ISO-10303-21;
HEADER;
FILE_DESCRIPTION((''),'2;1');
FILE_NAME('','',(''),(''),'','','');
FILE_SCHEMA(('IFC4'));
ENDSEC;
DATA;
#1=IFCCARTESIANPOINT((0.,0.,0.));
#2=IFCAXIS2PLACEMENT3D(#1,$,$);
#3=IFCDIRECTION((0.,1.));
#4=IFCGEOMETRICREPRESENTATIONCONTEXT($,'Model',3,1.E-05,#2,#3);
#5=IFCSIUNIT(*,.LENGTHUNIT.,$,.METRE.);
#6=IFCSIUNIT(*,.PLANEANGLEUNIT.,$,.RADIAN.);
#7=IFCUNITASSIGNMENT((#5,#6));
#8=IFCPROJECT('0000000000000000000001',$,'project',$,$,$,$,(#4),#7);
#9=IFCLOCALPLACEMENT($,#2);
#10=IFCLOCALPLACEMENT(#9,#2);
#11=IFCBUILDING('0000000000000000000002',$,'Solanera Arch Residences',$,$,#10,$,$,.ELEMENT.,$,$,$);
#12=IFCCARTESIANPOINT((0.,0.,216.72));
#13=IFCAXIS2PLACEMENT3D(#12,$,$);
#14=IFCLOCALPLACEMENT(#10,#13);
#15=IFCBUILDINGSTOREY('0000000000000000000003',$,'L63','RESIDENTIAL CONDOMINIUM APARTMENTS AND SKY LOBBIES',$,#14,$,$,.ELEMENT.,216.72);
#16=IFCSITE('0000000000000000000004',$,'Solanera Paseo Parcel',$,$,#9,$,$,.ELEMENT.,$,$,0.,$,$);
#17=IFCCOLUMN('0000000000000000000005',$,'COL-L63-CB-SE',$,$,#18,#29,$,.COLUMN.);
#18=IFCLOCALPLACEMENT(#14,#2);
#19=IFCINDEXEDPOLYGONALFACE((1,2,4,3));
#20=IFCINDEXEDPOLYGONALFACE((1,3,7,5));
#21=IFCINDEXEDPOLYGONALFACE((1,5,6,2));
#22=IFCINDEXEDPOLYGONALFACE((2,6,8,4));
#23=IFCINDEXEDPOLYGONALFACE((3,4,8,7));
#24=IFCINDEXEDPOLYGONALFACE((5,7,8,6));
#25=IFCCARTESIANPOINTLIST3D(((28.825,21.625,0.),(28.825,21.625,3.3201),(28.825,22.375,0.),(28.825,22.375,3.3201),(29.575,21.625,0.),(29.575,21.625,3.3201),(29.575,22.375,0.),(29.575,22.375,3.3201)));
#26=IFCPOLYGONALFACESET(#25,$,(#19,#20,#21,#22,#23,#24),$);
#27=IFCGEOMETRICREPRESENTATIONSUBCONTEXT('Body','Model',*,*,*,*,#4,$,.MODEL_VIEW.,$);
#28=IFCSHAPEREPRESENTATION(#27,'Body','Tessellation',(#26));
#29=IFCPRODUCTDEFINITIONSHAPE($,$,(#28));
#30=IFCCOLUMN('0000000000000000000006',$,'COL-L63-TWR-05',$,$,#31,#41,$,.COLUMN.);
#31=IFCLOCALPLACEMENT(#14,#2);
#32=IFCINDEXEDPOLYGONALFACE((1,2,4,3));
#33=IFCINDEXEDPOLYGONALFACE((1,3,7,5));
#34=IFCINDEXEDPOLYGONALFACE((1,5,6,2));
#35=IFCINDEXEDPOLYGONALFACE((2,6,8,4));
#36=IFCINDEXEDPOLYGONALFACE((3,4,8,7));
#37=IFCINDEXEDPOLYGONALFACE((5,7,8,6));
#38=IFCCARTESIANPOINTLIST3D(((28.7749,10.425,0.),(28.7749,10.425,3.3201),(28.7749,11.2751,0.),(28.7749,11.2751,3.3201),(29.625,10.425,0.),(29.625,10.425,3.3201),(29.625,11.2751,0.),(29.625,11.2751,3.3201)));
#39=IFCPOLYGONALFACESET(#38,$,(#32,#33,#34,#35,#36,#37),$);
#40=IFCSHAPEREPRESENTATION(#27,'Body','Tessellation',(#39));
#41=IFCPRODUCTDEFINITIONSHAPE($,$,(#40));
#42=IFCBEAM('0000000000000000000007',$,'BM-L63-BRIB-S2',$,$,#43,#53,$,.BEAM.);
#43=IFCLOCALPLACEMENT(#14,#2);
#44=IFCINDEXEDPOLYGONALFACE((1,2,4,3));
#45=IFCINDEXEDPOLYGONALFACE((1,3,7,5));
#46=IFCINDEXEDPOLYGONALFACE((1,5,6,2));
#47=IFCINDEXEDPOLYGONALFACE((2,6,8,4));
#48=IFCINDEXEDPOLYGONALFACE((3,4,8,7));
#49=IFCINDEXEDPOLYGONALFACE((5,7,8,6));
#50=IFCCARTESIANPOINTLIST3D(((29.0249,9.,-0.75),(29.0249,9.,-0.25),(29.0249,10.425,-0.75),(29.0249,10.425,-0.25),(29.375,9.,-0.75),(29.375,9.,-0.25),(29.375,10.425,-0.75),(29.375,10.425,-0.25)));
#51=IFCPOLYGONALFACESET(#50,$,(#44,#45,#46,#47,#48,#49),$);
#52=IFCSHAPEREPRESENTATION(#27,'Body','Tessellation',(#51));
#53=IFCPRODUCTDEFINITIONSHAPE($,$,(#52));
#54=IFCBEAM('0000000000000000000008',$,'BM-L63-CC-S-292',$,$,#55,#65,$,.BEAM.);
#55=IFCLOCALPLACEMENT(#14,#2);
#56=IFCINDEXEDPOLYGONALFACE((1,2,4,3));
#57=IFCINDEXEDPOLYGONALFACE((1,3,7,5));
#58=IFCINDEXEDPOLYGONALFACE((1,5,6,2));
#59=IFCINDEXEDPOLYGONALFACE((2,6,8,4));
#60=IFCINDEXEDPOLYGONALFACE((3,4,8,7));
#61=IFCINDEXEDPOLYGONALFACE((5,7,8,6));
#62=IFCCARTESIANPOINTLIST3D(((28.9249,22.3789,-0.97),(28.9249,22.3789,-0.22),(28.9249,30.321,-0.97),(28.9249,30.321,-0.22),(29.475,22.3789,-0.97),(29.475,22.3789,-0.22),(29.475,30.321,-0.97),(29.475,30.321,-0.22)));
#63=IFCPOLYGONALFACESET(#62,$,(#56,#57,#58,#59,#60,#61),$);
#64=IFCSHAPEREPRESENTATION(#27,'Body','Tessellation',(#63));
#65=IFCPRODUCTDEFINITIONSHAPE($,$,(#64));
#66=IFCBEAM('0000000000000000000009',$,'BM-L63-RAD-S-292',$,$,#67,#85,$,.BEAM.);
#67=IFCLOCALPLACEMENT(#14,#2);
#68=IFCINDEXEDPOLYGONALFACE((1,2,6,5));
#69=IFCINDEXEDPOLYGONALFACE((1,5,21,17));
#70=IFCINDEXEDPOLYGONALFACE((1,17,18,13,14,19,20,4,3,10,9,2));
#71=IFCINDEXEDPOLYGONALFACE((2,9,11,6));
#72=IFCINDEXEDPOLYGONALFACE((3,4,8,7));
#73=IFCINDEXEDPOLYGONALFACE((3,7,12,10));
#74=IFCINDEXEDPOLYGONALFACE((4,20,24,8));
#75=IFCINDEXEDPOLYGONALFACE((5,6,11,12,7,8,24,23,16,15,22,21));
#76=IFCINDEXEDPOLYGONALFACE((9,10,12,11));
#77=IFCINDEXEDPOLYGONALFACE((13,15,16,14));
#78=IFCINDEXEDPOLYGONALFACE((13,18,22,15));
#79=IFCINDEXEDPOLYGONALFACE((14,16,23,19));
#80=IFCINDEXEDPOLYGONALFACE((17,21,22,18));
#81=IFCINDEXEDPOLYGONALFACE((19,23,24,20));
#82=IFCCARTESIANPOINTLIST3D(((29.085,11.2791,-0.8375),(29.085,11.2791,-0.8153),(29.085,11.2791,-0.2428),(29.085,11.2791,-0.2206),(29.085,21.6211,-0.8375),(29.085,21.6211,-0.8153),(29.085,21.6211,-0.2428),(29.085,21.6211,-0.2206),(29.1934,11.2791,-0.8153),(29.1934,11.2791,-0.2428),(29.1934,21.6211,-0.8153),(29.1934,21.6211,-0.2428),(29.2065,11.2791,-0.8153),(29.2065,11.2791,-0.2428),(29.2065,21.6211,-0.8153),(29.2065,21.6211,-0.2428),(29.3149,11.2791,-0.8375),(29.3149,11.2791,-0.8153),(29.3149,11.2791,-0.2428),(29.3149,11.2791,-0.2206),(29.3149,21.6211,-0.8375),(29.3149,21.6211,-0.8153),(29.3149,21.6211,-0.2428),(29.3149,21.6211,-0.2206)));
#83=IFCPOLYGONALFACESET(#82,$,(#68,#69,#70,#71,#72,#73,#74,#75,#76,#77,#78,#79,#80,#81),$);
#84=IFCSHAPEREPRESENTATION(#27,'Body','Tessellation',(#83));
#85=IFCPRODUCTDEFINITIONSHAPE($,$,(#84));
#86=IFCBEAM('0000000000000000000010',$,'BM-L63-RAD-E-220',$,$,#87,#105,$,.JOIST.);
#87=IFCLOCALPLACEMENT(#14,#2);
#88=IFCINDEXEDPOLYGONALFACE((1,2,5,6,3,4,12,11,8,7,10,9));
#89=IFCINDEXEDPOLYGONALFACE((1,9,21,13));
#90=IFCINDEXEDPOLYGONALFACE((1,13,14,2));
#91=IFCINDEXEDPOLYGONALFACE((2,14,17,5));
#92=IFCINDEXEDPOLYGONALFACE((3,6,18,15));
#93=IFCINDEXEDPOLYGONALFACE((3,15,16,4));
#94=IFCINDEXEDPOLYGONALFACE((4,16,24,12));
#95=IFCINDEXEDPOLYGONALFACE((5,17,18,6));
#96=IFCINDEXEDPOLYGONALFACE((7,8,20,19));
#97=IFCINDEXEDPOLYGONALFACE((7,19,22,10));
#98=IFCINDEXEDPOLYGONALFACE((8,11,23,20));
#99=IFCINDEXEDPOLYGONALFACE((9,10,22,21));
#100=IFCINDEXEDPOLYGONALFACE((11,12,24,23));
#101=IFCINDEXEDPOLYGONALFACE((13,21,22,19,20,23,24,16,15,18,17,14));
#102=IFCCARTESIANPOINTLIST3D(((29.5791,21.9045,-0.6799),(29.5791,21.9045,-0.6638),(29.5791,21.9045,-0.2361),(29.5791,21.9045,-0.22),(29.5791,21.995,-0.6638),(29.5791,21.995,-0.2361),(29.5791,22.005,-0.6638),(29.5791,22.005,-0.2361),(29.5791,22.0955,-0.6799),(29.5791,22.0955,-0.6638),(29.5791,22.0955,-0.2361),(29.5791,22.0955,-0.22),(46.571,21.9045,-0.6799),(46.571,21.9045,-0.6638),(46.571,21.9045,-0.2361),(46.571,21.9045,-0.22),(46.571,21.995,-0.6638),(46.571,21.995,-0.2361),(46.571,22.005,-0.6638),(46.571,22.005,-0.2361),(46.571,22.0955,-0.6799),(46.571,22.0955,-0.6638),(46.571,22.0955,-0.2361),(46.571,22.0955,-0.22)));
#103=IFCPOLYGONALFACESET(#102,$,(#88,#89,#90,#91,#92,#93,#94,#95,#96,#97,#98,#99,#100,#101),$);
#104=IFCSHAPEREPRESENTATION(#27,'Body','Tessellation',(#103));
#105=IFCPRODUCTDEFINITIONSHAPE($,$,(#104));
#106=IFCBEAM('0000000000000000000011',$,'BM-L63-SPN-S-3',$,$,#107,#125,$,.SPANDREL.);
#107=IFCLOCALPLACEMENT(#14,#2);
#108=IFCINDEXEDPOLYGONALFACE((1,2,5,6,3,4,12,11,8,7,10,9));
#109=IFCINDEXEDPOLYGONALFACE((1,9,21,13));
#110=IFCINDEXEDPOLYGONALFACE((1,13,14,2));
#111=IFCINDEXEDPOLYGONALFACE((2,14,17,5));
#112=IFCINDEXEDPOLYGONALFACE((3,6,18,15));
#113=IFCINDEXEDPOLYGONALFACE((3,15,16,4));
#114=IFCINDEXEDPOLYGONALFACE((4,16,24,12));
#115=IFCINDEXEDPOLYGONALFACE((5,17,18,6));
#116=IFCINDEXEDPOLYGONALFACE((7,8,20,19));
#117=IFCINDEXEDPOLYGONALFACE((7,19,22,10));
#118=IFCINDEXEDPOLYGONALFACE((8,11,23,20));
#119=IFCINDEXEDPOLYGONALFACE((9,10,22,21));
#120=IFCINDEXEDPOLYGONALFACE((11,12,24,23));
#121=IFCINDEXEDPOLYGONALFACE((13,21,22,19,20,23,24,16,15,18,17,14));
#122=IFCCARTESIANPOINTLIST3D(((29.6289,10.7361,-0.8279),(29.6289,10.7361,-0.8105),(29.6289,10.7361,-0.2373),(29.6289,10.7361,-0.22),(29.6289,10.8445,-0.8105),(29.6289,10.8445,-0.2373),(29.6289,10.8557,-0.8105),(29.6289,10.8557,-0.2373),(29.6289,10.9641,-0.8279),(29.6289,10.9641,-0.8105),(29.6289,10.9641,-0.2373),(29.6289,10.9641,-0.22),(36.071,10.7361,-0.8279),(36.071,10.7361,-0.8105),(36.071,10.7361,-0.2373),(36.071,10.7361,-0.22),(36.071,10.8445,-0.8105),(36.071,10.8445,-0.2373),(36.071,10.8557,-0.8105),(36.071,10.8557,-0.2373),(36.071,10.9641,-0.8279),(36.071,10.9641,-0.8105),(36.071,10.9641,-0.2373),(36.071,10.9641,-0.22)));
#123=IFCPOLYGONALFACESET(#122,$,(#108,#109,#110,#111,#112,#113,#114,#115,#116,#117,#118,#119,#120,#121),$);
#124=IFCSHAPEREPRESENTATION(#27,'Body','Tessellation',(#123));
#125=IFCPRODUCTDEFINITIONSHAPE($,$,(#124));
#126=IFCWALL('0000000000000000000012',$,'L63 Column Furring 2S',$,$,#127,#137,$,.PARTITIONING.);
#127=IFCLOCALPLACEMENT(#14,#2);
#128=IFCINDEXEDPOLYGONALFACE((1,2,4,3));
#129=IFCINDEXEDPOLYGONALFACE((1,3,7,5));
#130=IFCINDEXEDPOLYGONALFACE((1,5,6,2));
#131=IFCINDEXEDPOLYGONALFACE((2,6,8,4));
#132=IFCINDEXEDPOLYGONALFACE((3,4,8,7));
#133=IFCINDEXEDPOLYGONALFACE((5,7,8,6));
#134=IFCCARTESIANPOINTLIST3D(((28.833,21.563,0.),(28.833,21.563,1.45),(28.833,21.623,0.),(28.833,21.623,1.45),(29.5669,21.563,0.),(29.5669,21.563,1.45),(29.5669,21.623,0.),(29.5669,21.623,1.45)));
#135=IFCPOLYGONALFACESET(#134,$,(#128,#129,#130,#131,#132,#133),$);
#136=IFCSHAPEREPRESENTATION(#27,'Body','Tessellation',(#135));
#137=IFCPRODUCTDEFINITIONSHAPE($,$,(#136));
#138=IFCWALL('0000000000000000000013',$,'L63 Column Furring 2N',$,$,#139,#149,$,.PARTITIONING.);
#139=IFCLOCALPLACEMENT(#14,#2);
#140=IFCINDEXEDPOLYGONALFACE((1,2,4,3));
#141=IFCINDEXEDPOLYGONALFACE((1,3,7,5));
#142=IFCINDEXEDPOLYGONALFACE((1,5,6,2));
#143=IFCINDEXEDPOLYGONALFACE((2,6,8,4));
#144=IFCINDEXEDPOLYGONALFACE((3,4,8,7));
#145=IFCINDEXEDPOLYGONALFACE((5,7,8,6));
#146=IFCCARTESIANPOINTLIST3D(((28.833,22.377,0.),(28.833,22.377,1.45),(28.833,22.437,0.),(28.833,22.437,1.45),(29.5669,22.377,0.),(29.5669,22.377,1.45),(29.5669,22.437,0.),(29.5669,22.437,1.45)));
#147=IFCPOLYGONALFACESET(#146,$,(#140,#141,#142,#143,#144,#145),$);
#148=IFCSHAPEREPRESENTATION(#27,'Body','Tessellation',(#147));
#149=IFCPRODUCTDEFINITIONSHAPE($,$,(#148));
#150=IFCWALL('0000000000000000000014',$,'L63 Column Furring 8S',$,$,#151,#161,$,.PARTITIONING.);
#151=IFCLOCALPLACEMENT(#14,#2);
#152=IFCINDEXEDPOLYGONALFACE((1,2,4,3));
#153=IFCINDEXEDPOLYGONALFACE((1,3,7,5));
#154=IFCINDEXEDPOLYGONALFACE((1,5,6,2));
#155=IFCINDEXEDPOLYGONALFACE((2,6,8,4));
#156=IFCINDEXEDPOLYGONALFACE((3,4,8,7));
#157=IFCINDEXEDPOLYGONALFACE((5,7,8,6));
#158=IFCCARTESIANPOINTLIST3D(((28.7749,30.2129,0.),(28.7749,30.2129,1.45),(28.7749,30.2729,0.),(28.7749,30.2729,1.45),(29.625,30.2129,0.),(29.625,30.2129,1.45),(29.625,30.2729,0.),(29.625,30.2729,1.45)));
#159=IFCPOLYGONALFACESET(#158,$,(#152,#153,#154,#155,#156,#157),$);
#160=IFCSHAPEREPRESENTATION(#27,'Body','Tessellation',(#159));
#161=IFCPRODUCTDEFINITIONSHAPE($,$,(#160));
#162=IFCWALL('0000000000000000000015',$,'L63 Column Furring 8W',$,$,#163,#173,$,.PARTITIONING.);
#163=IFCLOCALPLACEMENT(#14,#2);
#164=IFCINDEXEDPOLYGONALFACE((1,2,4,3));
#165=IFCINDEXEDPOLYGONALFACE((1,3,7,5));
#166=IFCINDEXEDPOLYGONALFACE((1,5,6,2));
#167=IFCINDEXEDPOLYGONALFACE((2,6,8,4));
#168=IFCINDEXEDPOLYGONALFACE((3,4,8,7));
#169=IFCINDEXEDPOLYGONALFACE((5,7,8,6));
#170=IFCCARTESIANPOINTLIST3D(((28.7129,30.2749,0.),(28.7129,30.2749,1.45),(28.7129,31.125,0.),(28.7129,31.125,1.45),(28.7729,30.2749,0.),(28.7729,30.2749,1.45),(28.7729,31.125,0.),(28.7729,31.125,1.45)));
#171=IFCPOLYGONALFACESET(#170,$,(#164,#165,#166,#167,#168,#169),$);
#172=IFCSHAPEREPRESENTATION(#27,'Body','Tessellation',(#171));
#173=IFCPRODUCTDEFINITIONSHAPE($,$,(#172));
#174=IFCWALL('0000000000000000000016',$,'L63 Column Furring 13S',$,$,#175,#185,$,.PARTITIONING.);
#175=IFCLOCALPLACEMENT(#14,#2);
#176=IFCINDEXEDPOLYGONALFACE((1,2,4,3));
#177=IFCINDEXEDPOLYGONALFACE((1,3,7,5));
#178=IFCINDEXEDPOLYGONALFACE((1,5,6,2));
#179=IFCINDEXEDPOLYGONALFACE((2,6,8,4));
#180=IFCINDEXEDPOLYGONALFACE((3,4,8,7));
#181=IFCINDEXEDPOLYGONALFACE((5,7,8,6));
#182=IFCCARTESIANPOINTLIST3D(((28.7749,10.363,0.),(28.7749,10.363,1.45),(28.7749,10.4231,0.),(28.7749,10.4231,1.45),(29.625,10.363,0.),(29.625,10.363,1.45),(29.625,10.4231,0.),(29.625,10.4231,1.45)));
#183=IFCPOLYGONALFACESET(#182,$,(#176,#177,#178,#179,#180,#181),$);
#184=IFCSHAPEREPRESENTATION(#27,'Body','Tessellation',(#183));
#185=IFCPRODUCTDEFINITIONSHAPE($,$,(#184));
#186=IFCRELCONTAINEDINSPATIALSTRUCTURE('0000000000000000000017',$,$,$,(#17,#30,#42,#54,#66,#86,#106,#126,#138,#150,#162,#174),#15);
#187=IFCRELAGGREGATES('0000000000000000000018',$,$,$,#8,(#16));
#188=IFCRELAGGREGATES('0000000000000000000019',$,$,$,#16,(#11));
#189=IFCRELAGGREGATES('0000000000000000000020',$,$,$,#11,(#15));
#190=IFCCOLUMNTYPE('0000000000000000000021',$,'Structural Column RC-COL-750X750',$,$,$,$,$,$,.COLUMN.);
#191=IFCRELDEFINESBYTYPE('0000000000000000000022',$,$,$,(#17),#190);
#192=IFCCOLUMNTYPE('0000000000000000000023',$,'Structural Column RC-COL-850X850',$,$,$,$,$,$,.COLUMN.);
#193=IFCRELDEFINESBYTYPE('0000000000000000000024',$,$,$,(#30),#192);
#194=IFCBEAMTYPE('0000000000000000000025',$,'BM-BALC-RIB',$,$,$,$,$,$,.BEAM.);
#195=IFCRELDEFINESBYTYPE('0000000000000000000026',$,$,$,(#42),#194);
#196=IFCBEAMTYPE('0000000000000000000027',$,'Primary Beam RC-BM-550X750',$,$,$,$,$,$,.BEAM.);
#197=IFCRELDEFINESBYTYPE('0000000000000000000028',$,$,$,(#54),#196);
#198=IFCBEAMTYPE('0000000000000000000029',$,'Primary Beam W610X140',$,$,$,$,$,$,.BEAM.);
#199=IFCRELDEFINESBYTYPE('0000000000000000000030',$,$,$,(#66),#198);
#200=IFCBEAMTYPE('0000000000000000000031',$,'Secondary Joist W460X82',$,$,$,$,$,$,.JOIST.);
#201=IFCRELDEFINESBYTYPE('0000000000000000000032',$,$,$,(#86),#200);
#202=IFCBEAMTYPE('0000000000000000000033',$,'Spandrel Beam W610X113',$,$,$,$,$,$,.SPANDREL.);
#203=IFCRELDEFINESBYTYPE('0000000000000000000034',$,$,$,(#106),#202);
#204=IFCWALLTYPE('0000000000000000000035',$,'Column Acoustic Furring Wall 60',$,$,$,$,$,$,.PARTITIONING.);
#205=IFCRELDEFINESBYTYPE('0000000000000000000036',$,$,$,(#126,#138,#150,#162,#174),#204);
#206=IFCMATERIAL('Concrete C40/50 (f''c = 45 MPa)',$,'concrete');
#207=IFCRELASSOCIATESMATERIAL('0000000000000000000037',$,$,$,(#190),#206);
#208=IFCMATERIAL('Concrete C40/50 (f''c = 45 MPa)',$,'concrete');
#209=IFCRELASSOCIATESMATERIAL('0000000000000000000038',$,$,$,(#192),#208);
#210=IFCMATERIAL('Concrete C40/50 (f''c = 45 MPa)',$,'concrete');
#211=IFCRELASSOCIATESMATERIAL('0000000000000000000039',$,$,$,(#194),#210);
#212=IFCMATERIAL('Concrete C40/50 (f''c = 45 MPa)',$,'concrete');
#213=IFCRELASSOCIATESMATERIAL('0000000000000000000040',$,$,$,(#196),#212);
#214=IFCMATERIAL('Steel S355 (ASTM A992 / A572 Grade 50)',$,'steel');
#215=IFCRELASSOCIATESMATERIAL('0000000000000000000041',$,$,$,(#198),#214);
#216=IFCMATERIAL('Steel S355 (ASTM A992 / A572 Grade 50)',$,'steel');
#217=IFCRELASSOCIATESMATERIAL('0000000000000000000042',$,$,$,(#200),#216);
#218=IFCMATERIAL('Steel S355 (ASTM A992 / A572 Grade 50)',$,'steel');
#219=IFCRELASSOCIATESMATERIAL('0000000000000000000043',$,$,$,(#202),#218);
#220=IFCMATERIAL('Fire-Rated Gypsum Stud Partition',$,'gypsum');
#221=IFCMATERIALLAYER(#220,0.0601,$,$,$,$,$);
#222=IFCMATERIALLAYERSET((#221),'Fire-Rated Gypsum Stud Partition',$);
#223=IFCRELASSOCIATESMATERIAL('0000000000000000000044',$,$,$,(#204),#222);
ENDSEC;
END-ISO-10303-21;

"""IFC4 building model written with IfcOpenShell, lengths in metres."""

from ifc_helpers import new_model, si_unit, direction, frame, frame_2d, origin, origin_2d, place, context, subcontext, project, spatial, rectangle, i_section, extrude, material, layer, layer_set, material_profile, profile_set, type_object, element, save


model = new_model("IFC4")

# Units and contexts
model_context = context("Model", 3, precision=1e-05, world=origin(), true_north=direction((0.0, 1.0)))
body_context = subcontext(model_context, "Body", "Model", "MODEL_VIEW")
ifc_project = project(units=[si_unit("LENGTHUNIT", "METRE"), si_unit("PLANEANGLEUNIT", "RADIAN")], contexts=[model_context])

# Site, building, storey
site_placement = place(None, origin())
site = spatial("IfcSite", under=ifc_project, at=site_placement, Name="Solanera Paseo Parcel", CompositionType="ELEMENT", RefElevation=0.0)
building_placement = place(site_placement, origin())
building = spatial("IfcBuilding", under=site, at=building_placement, Name="Solanera Arch Residences", CompositionType="ELEMENT")
storey_placement = place(building_placement, frame((0.0, 0.0, 216.72)))
storey = spatial("IfcBuildingStorey", under=building, at=storey_placement, Name="L63", Description="RESIDENTIAL CONDOMINIUM APARTMENTS AND SKY LOBBIES", CompositionType="ELEMENT", Elevation=216.72)

# Columns
ifc_material_1 = material(Name="Concrete C40/50 (f'c = 45 MPa)", Category="concrete")
ifc_material_profile_1 = material_profile(ifc_material_1, rectangle(XDim=0.75, YDim=0.75, at=origin_2d()))
ifc_profile_set_1 = profile_set([ifc_material_profile_1], Name="Concrete C40/50 (f'c = 45 MPa)")
column_type_1 = type_object("IfcColumnType", Name="Structural Column RC-COL-750X750", PredefinedType="COLUMN", material=ifc_profile_set_1)
column_1_placement = place(storey_placement, frame((29.2, 22.0, 0.0), z_axis=(0.0, 0.0, 1.0), x_axis=(1.0, 0.0, 0.0)))
element("IfcColumn", 1, at=column_1_placement, inside=storey, type_object=column_type_1, Name="COL-L63-CB-SE", PredefinedType="COLUMN", context=body_context, shape_type="SweptSolid", body=[
    extrude(rectangle(XDim=0.75, YDim=0.75, at=origin_2d()), origin(), (0.0, 0.0, 1.0), 3.3201),
])
ifc_material_2 = material(Name="Concrete C40/50 (f'c = 45 MPa)", Category="concrete")
ifc_material_profile_2 = material_profile(ifc_material_2, rectangle(XDim=0.8501, YDim=0.8501, at=origin_2d()))
ifc_profile_set_2 = profile_set([ifc_material_profile_2], Name="Concrete C40/50 (f'c = 45 MPa)")
column_type_2 = type_object("IfcColumnType", Name="Structural Column RC-COL-850X850", PredefinedType="COLUMN", material=ifc_profile_set_2)
column_2_placement = place(storey_placement, frame((29.2, 10.8501, 0.0), z_axis=(0.0, 0.0, 1.0), x_axis=(1.0, 0.0, 0.0)))
element("IfcColumn", 2, at=column_2_placement, inside=storey, type_object=column_type_2, Name="COL-L63-TWR-05", PredefinedType="COLUMN", context=body_context, shape_type="SweptSolid", body=[
    extrude(rectangle(XDim=0.8501, YDim=0.8501, at=origin_2d()), origin(), (0.0, 0.0, 1.0), 3.3201),
])

# Beams
ifc_material_3 = material(Name="Concrete C40/50 (f'c = 45 MPa)", Category="concrete")
ifc_material_profile_3 = material_profile(ifc_material_3, rectangle(XDim=0.3501, YDim=0.5, at=origin_2d()))
ifc_profile_set_3 = profile_set([ifc_material_profile_3], Name="Concrete C40/50 (f'c = 45 MPa)")
beam_type_1 = type_object("IfcBeamType", Name="BM-BALC-RIB", PredefinedType="BEAM", material=ifc_profile_set_3)
beam_1_placement = place(storey_placement, frame((29.2, 9.0, -0.5), z_axis=(0.0, 1.0, 0.0), x_axis=(-1.0, 0.0, 0.0)))
element("IfcBeam", 3, at=beam_1_placement, inside=storey, type_object=beam_type_1, Name="BM-L63-BRIB-S2", PredefinedType="BEAM", context=body_context, shape_type="SweptSolid", body=[
    extrude(rectangle(XDim=0.3501, YDim=0.5, at=origin_2d()), origin(), (0.0, 0.0, 1.0), 1.425),
])
ifc_material_4 = material(Name="Concrete C40/50 (f'c = 45 MPa)", Category="concrete")
ifc_material_profile_4 = material_profile(ifc_material_4, rectangle(XDim=0.55, YDim=0.75, at=origin_2d()))
ifc_profile_set_4 = profile_set([ifc_material_profile_4], Name="Concrete C40/50 (f'c = 45 MPa)")
beam_type_2 = type_object("IfcBeamType", Name="Primary Beam RC-BM-550X750", PredefinedType="BEAM", material=ifc_profile_set_4)
beam_2_placement = place(storey_placement, frame((29.2, 22.3789, -0.595), z_axis=(0.0, 1.0, 0.0), x_axis=(-1.0, 0.0, 0.0)))
element("IfcBeam", 4, at=beam_2_placement, inside=storey, type_object=beam_type_2, Name="BM-L63-CC-S-292", PredefinedType="BEAM", context=body_context, shape_type="SweptSolid", body=[
    extrude(rectangle(XDim=0.55, YDim=0.75, at=origin_2d()), origin(), (0.0, 0.0, 1.0), 7.9421),
])
ifc_material_5 = material(Name="Steel S355 (ASTM A992 / A572 Grade 50)", Category="steel")
ifc_material_profile_5 = material_profile(ifc_material_5, i_section(OverallWidth=0.23, OverallDepth=0.6169, WebThickness=0.0132, FlangeThickness=0.0222, at=origin_2d()))
ifc_profile_set_5 = profile_set([ifc_material_profile_5], Name="Steel S355 (ASTM A992 / A572 Grade 50)")
beam_type_3 = type_object("IfcBeamType", Name="Primary Beam W610X140", PredefinedType="BEAM", material=ifc_profile_set_5)
beam_3_placement = place(storey_placement, frame((29.2, 11.2791, -0.5291), z_axis=(0.0, 1.0, 0.0), x_axis=(-1.0, 0.0, 0.0)))
element("IfcBeam", 5, at=beam_3_placement, inside=storey, type_object=beam_type_3, Name="BM-L63-RAD-S-292", PredefinedType="BEAM", context=body_context, shape_type="SweptSolid", body=[
    extrude(i_section(OverallWidth=0.23, OverallDepth=0.6169, WebThickness=0.0132, FlangeThickness=0.0222, at=origin_2d()), origin(), (0.0, 0.0, 1.0), 10.342),
])
ifc_material_6 = material(Name="Steel S355 (ASTM A992 / A572 Grade 50)", Category="steel")
ifc_material_profile_6 = material_profile(ifc_material_6, i_section(OverallWidth=0.1909, OverallDepth=0.46, WebThickness=0.01, FlangeThickness=0.0161, at=origin_2d()))
ifc_profile_set_6 = profile_set([ifc_material_profile_6], Name="Steel S355 (ASTM A992 / A572 Grade 50)")
beam_type_4 = type_object("IfcBeamType", Name="Secondary Joist W460X82", PredefinedType="JOIST", material=ifc_profile_set_6)
beam_4_placement = place(storey_placement, frame((29.5791, 22.0, -0.45), z_axis=(1.0, 0.0, 0.0), x_axis=(0.0, 1.0, 0.0)))
element("IfcBeam", 6, at=beam_4_placement, inside=storey, type_object=beam_type_4, Name="BM-L63-RAD-E-220", PredefinedType="JOIST", context=body_context, shape_type="SweptSolid", body=[
    extrude(i_section(OverallWidth=0.1909, OverallDepth=0.46, WebThickness=0.01, FlangeThickness=0.0161, at=origin_2d()), origin(), (0.0, 0.0, 1.0), 16.9919),
])
ifc_material_7 = material(Name="Steel S355 (ASTM A992 / A572 Grade 50)", Category="steel")
ifc_material_profile_7 = material_profile(ifc_material_7, i_section(OverallWidth=0.228, OverallDepth=0.6079, WebThickness=0.0112, FlangeThickness=0.0173, at=origin_2d()))
ifc_profile_set_7 = profile_set([ifc_material_profile_7], Name="Steel S355 (ASTM A992 / A572 Grade 50)")
beam_type_5 = type_object("IfcBeamType", Name="Spandrel Beam W610X113", PredefinedType="SPANDREL", material=ifc_profile_set_7)
beam_5_placement = place(storey_placement, frame((29.6289, 10.8501, -0.5239), z_axis=(1.0, 0.0, 0.0), x_axis=(0.0, 1.0, 0.0)))
element("IfcBeam", 7, at=beam_5_placement, inside=storey, type_object=beam_type_5, Name="BM-L63-SPN-S-3", PredefinedType="SPANDREL", context=body_context, shape_type="SweptSolid", body=[
    extrude(i_section(OverallWidth=0.228, OverallDepth=0.6079, WebThickness=0.0112, FlangeThickness=0.0173, at=origin_2d()), origin(), (0.0, 0.0, 1.0), 6.4421),
])

# Walls
ifc_material_8 = material(Name="Fire-Rated Gypsum Stud Partition", Category="gypsum")
ifc_layer_1 = layer(ifc_material_8, 0.0601)
ifc_layer_set_1 = layer_set([ifc_layer_1], Name="Fire-Rated Gypsum Stud Partition")
wall_type_1 = type_object("IfcWallType", Name="Column Acoustic Furring Wall 60", PredefinedType="PARTITIONING", material=ifc_layer_set_1)
for number, where, z_axis, x_axis, name in (
    (8, (28.833, 21.593, 0.0), (0.0, 0.0, 1.0), (1.0, 0.0, 0.0), "L63 Column Furring 2S"),
    (9, (28.833, 22.407, 0.0), (0.0, 0.0, 1.0), (1.0, 0.0, 0.0), "L63 Column Furring 2N"),
):
    element("IfcWall", number, at=place(storey_placement, frame(where, z_axis=z_axis, x_axis=x_axis)), inside=storey, type_object=wall_type_1, Name=name, PredefinedType="PARTITIONING", context=body_context, shape_type="SweptSolid", body=[
        extrude(rectangle(XDim=0.7339, YDim=0.0601, at=frame_2d((0.3669, 0.0))), origin(), (0.0, 0.0, 1.0), 1.45),
    ])
for number, where, z_axis, x_axis, name in (
    (10, (28.7749, 30.2429, 0.0), (0.0, 0.0, 1.0), (1.0, 0.0, 0.0), "L63 Column Furring 8S"),
    (11, (28.7429, 30.2749, 0.0), (0.0, 0.0, 1.0), (0.0, 1.0, 0.0), "L63 Column Furring 8W"),
    (12, (28.7749, 10.3931, 0.0), (0.0, 0.0, 1.0), (1.0, 0.0, 0.0), "L63 Column Furring 13S"),
):
    element("IfcWall", number, at=place(storey_placement, frame(where, z_axis=z_axis, x_axis=x_axis)), inside=storey, type_object=wall_type_1, Name=name, PredefinedType="PARTITIONING", context=body_context, shape_type="SweptSolid", body=[
        extrude(rectangle(XDim=0.8501, YDim=0.0601, at=frame_2d((0.425, 0.0))), origin(), (0.0, 0.0, 1.0), 1.45),
    ])

save(model, "model.ifc")
